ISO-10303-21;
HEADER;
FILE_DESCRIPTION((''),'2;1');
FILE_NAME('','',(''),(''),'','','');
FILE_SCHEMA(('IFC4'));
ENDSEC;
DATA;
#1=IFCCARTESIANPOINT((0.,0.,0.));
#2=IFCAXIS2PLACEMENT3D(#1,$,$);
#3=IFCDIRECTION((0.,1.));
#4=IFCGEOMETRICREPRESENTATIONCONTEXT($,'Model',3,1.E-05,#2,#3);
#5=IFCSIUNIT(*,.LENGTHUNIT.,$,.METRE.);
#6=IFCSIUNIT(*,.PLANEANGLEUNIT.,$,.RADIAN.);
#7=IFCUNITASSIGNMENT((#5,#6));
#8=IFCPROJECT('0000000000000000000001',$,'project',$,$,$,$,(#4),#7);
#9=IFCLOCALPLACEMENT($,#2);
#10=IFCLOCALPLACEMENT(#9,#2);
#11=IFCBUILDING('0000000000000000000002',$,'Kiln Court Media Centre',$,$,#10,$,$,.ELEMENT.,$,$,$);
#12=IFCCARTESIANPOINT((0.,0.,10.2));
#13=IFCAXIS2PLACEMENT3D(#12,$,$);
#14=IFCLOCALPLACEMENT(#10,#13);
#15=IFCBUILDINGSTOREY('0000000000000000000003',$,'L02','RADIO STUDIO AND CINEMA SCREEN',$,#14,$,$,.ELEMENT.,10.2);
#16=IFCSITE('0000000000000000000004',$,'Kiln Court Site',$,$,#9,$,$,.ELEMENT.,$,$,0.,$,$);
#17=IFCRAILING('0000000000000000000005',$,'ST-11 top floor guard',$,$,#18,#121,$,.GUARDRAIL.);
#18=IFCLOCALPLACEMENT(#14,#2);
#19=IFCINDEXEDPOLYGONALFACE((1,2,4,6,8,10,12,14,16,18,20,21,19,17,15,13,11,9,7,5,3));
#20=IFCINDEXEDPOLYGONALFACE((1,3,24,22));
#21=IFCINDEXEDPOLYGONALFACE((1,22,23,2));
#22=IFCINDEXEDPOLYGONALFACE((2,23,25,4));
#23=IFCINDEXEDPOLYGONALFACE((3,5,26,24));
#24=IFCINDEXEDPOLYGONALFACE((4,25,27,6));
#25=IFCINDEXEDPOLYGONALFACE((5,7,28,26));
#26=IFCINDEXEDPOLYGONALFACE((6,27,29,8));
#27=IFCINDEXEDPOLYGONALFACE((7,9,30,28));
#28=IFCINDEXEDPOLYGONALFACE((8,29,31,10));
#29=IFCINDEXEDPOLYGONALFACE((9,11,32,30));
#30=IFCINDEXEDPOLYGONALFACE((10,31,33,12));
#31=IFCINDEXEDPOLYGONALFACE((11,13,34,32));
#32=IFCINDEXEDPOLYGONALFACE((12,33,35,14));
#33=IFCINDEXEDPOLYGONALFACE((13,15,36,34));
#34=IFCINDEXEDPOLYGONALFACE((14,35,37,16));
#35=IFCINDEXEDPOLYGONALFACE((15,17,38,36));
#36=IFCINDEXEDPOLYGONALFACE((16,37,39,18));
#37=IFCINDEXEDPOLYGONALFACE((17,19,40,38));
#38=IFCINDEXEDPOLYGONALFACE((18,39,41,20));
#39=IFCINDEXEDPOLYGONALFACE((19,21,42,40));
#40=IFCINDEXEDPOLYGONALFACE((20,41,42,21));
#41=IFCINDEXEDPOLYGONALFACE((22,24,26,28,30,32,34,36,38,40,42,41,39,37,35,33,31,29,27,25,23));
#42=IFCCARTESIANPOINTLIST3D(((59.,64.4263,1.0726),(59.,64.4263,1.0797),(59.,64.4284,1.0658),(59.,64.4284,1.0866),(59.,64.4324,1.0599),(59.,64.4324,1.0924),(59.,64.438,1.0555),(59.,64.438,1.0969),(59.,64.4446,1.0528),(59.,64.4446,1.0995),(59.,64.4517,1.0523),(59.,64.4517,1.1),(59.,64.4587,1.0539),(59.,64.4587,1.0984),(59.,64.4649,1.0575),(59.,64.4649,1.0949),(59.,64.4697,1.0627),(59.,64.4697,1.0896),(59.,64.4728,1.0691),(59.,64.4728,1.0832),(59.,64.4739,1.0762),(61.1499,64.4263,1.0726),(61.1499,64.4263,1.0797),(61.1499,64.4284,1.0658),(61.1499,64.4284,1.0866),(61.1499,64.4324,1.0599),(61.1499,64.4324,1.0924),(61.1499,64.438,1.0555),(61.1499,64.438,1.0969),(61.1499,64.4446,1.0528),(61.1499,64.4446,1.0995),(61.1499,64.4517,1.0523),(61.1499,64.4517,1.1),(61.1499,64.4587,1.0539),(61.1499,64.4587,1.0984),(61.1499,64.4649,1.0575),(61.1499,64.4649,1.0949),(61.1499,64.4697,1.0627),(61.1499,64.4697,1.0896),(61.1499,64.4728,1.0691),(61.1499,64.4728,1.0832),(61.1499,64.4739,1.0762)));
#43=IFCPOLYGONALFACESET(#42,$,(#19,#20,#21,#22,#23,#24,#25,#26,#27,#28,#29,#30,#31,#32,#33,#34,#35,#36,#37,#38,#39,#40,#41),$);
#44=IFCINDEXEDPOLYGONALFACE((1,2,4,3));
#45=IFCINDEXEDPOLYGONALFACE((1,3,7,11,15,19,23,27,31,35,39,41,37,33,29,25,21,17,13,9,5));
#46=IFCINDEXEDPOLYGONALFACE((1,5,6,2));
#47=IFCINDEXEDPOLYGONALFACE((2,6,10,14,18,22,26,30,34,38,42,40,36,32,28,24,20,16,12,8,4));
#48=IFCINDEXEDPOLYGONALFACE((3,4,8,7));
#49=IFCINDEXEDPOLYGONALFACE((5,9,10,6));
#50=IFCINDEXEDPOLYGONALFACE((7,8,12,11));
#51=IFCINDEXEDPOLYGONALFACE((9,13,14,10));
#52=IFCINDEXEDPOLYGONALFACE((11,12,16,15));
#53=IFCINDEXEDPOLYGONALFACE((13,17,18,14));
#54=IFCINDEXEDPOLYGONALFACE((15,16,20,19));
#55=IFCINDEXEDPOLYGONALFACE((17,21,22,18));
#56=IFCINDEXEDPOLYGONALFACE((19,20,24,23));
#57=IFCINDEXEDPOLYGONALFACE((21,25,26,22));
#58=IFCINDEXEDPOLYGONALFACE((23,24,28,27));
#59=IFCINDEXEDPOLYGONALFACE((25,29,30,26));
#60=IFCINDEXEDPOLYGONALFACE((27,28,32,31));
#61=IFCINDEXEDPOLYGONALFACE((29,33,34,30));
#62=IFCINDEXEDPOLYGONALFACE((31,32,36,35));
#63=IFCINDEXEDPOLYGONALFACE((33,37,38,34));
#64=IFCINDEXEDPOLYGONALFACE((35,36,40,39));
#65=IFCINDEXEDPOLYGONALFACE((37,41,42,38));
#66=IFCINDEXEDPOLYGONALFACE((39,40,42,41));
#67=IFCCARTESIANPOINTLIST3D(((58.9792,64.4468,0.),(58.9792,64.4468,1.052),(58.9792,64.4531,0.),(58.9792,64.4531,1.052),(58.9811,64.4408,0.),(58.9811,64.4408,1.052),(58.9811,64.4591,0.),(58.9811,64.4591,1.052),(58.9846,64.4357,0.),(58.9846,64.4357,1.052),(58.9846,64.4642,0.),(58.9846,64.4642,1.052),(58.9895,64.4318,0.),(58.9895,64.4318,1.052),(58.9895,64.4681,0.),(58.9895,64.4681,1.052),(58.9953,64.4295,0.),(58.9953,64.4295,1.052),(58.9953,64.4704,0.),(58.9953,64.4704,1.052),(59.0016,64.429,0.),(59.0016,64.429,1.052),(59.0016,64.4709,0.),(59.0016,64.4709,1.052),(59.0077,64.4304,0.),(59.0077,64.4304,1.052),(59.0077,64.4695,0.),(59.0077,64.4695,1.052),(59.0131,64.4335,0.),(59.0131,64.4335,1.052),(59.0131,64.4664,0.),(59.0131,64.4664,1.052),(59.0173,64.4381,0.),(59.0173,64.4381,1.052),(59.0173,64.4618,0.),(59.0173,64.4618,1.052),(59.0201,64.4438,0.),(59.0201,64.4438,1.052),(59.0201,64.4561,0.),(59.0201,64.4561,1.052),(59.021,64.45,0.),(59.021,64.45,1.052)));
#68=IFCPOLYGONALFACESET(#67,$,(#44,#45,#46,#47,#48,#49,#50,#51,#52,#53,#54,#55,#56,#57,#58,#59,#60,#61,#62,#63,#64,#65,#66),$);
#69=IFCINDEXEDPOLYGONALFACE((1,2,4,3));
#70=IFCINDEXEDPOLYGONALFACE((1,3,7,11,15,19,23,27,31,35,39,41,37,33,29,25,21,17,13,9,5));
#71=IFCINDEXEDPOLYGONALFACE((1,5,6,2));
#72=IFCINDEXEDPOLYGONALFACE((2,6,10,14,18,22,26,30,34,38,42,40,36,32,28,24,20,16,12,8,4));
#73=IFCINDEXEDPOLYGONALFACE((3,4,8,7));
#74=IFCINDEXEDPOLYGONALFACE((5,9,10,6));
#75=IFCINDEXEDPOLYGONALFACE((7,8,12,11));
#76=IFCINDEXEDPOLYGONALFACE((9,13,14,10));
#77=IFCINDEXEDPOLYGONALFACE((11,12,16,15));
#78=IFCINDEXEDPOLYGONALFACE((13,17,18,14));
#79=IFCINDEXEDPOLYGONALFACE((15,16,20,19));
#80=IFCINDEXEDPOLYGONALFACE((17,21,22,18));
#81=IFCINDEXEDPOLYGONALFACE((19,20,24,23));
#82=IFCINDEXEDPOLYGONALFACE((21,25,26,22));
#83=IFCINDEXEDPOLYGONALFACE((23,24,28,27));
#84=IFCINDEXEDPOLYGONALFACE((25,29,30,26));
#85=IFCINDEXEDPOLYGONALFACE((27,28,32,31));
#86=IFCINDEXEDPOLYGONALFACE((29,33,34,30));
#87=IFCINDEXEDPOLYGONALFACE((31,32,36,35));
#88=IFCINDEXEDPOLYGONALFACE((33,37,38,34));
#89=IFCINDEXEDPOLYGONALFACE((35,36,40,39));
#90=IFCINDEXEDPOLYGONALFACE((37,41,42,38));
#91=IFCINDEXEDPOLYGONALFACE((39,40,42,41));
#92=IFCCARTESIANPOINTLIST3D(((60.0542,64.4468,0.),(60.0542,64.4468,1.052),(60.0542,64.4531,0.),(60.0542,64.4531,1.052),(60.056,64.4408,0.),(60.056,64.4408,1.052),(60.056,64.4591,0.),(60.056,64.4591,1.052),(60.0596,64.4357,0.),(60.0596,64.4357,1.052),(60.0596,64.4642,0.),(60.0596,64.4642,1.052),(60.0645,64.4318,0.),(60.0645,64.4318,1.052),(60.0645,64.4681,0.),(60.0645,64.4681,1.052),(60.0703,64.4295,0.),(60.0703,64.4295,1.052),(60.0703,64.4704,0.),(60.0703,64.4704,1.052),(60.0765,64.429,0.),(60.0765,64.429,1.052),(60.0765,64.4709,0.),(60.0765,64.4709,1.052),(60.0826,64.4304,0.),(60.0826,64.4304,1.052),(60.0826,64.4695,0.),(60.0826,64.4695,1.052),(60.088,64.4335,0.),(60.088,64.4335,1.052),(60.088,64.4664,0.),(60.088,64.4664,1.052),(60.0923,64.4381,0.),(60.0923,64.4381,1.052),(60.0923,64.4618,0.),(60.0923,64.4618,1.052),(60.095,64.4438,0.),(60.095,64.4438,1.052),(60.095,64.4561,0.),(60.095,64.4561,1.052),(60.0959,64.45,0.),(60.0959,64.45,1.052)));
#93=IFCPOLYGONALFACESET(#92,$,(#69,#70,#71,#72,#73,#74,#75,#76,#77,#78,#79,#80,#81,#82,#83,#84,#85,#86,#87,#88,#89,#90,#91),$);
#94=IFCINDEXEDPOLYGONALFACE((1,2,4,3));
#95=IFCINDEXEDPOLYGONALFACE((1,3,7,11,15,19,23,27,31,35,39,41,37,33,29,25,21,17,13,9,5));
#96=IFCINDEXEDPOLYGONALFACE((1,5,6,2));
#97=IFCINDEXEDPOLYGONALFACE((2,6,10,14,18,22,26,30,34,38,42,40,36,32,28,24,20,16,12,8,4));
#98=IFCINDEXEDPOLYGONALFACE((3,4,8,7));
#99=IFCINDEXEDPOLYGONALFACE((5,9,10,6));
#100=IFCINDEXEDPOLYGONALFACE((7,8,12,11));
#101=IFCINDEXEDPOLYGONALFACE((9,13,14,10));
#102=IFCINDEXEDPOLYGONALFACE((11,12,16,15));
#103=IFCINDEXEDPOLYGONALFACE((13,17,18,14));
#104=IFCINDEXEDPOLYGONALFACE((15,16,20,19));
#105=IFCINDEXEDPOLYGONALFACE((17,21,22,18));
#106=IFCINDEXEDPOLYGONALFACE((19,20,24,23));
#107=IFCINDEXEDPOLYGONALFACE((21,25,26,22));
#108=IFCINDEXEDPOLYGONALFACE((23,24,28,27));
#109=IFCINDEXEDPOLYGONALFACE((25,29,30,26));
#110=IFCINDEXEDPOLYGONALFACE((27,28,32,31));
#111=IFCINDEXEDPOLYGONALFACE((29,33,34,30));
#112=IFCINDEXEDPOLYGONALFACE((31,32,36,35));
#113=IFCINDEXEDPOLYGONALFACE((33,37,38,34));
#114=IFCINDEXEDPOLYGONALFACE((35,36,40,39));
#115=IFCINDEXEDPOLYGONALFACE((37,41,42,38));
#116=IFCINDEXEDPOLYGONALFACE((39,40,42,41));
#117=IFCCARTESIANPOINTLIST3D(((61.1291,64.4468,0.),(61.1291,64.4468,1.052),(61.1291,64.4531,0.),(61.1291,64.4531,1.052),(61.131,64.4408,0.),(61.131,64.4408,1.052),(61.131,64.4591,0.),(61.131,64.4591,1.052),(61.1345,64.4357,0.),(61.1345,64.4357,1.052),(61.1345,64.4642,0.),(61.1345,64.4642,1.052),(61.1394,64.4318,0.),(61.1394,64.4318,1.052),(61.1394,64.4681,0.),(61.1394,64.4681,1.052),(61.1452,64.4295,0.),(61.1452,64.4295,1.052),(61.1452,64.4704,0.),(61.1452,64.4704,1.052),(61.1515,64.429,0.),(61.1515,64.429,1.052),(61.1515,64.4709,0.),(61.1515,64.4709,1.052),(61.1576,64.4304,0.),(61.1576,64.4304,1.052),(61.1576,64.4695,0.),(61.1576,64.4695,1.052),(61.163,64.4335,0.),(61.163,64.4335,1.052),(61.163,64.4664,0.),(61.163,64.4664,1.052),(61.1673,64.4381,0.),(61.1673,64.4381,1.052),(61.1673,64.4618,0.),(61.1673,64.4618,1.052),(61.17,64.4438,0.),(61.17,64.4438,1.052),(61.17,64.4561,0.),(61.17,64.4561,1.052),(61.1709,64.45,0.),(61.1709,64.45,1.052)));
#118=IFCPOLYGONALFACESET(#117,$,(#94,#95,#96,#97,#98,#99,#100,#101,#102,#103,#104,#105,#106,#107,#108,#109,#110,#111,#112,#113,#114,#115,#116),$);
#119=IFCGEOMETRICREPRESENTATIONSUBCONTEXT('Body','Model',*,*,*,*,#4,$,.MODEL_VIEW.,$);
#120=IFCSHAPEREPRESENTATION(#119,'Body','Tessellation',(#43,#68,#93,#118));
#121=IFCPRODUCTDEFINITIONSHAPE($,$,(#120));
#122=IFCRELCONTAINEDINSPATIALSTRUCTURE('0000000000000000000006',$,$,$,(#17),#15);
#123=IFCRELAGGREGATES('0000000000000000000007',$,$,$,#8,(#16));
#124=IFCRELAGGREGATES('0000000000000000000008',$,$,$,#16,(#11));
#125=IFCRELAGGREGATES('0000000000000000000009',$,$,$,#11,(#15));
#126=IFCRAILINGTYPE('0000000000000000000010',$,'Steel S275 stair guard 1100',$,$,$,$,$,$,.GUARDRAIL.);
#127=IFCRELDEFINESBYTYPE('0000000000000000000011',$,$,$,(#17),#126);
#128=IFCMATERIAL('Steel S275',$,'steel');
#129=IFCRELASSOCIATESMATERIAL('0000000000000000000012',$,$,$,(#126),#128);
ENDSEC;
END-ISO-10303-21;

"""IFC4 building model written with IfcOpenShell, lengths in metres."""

from ifc_helpers import new_model, si_unit, direction, frame, origin, origin_2d, place, context, subcontext, project, spatial, circle, extrude, material, type_object, element, save


model = new_model("IFC4")

# Units and contexts
model_context = context("Model", 3, precision=1e-05, world=origin(), true_north=direction((0.0, 1.0)))
body_context = subcontext(model_context, "Body", "Model", "MODEL_VIEW")
ifc_project = project(units=[si_unit("LENGTHUNIT", "METRE"), si_unit("PLANEANGLEUNIT", "RADIAN")], contexts=[model_context])

# Site, building, storey
site_placement = place(None, origin())
site = spatial("IfcSite", under=ifc_project, at=site_placement, Name="Kiln Court Site", CompositionType="ELEMENT", RefElevation=0.0)
building_placement = place(site_placement, origin())
building = spatial("IfcBuilding", under=site, at=building_placement, Name="Kiln Court Media Centre", CompositionType="ELEMENT")
storey_placement = place(building_placement, frame((0.0, 0.0, 10.2)))
storey = spatial("IfcBuildingStorey", under=building, at=storey_placement, Name="L02", Description="RADIO STUDIO AND CINEMA SCREEN", CompositionType="ELEMENT", Elevation=10.2)

# Railing
ifc_material_1 = material(Name="Steel S275", Category="steel")
railing_type = type_object("IfcRailingType", Name="Steel S275 stair guard 1100", PredefinedType="GUARDRAIL", material=ifc_material_1)
railing_1_placement = place(storey_placement, frame((59.0, 64.45, 0.0)))
element("IfcRailing", 1, at=railing_1_placement, inside=storey, type_object=railing_type, Name="ST-11 top floor guard", PredefinedType="GUARDRAIL", context=body_context, shape_type="SweptSolid", body=[
    extrude(circle(Radius=0.0239, at=origin_2d()), frame((0.0, 0.0, 1.0762), z_axis=(1.0, 0.0, 0.0), x_axis=(0.0, 1.0, 0.0)), (0.0, 0.0, 1.0), 2.1499),
    extrude(circle(Radius=0.021, at=origin_2d()), origin(), (0.0, 0.0, 1.0), 1.052),
    extrude(circle(Radius=0.021, at=origin_2d()), frame((1.075, 0.0, 0.0)), (0.0, 0.0, 1.0), 1.052),
    extrude(circle(Radius=0.021, at=origin_2d()), frame((2.1499, 0.0, 0.0)), (0.0, 0.0, 1.0), 1.052),
])

save(model, "model.ifc")
